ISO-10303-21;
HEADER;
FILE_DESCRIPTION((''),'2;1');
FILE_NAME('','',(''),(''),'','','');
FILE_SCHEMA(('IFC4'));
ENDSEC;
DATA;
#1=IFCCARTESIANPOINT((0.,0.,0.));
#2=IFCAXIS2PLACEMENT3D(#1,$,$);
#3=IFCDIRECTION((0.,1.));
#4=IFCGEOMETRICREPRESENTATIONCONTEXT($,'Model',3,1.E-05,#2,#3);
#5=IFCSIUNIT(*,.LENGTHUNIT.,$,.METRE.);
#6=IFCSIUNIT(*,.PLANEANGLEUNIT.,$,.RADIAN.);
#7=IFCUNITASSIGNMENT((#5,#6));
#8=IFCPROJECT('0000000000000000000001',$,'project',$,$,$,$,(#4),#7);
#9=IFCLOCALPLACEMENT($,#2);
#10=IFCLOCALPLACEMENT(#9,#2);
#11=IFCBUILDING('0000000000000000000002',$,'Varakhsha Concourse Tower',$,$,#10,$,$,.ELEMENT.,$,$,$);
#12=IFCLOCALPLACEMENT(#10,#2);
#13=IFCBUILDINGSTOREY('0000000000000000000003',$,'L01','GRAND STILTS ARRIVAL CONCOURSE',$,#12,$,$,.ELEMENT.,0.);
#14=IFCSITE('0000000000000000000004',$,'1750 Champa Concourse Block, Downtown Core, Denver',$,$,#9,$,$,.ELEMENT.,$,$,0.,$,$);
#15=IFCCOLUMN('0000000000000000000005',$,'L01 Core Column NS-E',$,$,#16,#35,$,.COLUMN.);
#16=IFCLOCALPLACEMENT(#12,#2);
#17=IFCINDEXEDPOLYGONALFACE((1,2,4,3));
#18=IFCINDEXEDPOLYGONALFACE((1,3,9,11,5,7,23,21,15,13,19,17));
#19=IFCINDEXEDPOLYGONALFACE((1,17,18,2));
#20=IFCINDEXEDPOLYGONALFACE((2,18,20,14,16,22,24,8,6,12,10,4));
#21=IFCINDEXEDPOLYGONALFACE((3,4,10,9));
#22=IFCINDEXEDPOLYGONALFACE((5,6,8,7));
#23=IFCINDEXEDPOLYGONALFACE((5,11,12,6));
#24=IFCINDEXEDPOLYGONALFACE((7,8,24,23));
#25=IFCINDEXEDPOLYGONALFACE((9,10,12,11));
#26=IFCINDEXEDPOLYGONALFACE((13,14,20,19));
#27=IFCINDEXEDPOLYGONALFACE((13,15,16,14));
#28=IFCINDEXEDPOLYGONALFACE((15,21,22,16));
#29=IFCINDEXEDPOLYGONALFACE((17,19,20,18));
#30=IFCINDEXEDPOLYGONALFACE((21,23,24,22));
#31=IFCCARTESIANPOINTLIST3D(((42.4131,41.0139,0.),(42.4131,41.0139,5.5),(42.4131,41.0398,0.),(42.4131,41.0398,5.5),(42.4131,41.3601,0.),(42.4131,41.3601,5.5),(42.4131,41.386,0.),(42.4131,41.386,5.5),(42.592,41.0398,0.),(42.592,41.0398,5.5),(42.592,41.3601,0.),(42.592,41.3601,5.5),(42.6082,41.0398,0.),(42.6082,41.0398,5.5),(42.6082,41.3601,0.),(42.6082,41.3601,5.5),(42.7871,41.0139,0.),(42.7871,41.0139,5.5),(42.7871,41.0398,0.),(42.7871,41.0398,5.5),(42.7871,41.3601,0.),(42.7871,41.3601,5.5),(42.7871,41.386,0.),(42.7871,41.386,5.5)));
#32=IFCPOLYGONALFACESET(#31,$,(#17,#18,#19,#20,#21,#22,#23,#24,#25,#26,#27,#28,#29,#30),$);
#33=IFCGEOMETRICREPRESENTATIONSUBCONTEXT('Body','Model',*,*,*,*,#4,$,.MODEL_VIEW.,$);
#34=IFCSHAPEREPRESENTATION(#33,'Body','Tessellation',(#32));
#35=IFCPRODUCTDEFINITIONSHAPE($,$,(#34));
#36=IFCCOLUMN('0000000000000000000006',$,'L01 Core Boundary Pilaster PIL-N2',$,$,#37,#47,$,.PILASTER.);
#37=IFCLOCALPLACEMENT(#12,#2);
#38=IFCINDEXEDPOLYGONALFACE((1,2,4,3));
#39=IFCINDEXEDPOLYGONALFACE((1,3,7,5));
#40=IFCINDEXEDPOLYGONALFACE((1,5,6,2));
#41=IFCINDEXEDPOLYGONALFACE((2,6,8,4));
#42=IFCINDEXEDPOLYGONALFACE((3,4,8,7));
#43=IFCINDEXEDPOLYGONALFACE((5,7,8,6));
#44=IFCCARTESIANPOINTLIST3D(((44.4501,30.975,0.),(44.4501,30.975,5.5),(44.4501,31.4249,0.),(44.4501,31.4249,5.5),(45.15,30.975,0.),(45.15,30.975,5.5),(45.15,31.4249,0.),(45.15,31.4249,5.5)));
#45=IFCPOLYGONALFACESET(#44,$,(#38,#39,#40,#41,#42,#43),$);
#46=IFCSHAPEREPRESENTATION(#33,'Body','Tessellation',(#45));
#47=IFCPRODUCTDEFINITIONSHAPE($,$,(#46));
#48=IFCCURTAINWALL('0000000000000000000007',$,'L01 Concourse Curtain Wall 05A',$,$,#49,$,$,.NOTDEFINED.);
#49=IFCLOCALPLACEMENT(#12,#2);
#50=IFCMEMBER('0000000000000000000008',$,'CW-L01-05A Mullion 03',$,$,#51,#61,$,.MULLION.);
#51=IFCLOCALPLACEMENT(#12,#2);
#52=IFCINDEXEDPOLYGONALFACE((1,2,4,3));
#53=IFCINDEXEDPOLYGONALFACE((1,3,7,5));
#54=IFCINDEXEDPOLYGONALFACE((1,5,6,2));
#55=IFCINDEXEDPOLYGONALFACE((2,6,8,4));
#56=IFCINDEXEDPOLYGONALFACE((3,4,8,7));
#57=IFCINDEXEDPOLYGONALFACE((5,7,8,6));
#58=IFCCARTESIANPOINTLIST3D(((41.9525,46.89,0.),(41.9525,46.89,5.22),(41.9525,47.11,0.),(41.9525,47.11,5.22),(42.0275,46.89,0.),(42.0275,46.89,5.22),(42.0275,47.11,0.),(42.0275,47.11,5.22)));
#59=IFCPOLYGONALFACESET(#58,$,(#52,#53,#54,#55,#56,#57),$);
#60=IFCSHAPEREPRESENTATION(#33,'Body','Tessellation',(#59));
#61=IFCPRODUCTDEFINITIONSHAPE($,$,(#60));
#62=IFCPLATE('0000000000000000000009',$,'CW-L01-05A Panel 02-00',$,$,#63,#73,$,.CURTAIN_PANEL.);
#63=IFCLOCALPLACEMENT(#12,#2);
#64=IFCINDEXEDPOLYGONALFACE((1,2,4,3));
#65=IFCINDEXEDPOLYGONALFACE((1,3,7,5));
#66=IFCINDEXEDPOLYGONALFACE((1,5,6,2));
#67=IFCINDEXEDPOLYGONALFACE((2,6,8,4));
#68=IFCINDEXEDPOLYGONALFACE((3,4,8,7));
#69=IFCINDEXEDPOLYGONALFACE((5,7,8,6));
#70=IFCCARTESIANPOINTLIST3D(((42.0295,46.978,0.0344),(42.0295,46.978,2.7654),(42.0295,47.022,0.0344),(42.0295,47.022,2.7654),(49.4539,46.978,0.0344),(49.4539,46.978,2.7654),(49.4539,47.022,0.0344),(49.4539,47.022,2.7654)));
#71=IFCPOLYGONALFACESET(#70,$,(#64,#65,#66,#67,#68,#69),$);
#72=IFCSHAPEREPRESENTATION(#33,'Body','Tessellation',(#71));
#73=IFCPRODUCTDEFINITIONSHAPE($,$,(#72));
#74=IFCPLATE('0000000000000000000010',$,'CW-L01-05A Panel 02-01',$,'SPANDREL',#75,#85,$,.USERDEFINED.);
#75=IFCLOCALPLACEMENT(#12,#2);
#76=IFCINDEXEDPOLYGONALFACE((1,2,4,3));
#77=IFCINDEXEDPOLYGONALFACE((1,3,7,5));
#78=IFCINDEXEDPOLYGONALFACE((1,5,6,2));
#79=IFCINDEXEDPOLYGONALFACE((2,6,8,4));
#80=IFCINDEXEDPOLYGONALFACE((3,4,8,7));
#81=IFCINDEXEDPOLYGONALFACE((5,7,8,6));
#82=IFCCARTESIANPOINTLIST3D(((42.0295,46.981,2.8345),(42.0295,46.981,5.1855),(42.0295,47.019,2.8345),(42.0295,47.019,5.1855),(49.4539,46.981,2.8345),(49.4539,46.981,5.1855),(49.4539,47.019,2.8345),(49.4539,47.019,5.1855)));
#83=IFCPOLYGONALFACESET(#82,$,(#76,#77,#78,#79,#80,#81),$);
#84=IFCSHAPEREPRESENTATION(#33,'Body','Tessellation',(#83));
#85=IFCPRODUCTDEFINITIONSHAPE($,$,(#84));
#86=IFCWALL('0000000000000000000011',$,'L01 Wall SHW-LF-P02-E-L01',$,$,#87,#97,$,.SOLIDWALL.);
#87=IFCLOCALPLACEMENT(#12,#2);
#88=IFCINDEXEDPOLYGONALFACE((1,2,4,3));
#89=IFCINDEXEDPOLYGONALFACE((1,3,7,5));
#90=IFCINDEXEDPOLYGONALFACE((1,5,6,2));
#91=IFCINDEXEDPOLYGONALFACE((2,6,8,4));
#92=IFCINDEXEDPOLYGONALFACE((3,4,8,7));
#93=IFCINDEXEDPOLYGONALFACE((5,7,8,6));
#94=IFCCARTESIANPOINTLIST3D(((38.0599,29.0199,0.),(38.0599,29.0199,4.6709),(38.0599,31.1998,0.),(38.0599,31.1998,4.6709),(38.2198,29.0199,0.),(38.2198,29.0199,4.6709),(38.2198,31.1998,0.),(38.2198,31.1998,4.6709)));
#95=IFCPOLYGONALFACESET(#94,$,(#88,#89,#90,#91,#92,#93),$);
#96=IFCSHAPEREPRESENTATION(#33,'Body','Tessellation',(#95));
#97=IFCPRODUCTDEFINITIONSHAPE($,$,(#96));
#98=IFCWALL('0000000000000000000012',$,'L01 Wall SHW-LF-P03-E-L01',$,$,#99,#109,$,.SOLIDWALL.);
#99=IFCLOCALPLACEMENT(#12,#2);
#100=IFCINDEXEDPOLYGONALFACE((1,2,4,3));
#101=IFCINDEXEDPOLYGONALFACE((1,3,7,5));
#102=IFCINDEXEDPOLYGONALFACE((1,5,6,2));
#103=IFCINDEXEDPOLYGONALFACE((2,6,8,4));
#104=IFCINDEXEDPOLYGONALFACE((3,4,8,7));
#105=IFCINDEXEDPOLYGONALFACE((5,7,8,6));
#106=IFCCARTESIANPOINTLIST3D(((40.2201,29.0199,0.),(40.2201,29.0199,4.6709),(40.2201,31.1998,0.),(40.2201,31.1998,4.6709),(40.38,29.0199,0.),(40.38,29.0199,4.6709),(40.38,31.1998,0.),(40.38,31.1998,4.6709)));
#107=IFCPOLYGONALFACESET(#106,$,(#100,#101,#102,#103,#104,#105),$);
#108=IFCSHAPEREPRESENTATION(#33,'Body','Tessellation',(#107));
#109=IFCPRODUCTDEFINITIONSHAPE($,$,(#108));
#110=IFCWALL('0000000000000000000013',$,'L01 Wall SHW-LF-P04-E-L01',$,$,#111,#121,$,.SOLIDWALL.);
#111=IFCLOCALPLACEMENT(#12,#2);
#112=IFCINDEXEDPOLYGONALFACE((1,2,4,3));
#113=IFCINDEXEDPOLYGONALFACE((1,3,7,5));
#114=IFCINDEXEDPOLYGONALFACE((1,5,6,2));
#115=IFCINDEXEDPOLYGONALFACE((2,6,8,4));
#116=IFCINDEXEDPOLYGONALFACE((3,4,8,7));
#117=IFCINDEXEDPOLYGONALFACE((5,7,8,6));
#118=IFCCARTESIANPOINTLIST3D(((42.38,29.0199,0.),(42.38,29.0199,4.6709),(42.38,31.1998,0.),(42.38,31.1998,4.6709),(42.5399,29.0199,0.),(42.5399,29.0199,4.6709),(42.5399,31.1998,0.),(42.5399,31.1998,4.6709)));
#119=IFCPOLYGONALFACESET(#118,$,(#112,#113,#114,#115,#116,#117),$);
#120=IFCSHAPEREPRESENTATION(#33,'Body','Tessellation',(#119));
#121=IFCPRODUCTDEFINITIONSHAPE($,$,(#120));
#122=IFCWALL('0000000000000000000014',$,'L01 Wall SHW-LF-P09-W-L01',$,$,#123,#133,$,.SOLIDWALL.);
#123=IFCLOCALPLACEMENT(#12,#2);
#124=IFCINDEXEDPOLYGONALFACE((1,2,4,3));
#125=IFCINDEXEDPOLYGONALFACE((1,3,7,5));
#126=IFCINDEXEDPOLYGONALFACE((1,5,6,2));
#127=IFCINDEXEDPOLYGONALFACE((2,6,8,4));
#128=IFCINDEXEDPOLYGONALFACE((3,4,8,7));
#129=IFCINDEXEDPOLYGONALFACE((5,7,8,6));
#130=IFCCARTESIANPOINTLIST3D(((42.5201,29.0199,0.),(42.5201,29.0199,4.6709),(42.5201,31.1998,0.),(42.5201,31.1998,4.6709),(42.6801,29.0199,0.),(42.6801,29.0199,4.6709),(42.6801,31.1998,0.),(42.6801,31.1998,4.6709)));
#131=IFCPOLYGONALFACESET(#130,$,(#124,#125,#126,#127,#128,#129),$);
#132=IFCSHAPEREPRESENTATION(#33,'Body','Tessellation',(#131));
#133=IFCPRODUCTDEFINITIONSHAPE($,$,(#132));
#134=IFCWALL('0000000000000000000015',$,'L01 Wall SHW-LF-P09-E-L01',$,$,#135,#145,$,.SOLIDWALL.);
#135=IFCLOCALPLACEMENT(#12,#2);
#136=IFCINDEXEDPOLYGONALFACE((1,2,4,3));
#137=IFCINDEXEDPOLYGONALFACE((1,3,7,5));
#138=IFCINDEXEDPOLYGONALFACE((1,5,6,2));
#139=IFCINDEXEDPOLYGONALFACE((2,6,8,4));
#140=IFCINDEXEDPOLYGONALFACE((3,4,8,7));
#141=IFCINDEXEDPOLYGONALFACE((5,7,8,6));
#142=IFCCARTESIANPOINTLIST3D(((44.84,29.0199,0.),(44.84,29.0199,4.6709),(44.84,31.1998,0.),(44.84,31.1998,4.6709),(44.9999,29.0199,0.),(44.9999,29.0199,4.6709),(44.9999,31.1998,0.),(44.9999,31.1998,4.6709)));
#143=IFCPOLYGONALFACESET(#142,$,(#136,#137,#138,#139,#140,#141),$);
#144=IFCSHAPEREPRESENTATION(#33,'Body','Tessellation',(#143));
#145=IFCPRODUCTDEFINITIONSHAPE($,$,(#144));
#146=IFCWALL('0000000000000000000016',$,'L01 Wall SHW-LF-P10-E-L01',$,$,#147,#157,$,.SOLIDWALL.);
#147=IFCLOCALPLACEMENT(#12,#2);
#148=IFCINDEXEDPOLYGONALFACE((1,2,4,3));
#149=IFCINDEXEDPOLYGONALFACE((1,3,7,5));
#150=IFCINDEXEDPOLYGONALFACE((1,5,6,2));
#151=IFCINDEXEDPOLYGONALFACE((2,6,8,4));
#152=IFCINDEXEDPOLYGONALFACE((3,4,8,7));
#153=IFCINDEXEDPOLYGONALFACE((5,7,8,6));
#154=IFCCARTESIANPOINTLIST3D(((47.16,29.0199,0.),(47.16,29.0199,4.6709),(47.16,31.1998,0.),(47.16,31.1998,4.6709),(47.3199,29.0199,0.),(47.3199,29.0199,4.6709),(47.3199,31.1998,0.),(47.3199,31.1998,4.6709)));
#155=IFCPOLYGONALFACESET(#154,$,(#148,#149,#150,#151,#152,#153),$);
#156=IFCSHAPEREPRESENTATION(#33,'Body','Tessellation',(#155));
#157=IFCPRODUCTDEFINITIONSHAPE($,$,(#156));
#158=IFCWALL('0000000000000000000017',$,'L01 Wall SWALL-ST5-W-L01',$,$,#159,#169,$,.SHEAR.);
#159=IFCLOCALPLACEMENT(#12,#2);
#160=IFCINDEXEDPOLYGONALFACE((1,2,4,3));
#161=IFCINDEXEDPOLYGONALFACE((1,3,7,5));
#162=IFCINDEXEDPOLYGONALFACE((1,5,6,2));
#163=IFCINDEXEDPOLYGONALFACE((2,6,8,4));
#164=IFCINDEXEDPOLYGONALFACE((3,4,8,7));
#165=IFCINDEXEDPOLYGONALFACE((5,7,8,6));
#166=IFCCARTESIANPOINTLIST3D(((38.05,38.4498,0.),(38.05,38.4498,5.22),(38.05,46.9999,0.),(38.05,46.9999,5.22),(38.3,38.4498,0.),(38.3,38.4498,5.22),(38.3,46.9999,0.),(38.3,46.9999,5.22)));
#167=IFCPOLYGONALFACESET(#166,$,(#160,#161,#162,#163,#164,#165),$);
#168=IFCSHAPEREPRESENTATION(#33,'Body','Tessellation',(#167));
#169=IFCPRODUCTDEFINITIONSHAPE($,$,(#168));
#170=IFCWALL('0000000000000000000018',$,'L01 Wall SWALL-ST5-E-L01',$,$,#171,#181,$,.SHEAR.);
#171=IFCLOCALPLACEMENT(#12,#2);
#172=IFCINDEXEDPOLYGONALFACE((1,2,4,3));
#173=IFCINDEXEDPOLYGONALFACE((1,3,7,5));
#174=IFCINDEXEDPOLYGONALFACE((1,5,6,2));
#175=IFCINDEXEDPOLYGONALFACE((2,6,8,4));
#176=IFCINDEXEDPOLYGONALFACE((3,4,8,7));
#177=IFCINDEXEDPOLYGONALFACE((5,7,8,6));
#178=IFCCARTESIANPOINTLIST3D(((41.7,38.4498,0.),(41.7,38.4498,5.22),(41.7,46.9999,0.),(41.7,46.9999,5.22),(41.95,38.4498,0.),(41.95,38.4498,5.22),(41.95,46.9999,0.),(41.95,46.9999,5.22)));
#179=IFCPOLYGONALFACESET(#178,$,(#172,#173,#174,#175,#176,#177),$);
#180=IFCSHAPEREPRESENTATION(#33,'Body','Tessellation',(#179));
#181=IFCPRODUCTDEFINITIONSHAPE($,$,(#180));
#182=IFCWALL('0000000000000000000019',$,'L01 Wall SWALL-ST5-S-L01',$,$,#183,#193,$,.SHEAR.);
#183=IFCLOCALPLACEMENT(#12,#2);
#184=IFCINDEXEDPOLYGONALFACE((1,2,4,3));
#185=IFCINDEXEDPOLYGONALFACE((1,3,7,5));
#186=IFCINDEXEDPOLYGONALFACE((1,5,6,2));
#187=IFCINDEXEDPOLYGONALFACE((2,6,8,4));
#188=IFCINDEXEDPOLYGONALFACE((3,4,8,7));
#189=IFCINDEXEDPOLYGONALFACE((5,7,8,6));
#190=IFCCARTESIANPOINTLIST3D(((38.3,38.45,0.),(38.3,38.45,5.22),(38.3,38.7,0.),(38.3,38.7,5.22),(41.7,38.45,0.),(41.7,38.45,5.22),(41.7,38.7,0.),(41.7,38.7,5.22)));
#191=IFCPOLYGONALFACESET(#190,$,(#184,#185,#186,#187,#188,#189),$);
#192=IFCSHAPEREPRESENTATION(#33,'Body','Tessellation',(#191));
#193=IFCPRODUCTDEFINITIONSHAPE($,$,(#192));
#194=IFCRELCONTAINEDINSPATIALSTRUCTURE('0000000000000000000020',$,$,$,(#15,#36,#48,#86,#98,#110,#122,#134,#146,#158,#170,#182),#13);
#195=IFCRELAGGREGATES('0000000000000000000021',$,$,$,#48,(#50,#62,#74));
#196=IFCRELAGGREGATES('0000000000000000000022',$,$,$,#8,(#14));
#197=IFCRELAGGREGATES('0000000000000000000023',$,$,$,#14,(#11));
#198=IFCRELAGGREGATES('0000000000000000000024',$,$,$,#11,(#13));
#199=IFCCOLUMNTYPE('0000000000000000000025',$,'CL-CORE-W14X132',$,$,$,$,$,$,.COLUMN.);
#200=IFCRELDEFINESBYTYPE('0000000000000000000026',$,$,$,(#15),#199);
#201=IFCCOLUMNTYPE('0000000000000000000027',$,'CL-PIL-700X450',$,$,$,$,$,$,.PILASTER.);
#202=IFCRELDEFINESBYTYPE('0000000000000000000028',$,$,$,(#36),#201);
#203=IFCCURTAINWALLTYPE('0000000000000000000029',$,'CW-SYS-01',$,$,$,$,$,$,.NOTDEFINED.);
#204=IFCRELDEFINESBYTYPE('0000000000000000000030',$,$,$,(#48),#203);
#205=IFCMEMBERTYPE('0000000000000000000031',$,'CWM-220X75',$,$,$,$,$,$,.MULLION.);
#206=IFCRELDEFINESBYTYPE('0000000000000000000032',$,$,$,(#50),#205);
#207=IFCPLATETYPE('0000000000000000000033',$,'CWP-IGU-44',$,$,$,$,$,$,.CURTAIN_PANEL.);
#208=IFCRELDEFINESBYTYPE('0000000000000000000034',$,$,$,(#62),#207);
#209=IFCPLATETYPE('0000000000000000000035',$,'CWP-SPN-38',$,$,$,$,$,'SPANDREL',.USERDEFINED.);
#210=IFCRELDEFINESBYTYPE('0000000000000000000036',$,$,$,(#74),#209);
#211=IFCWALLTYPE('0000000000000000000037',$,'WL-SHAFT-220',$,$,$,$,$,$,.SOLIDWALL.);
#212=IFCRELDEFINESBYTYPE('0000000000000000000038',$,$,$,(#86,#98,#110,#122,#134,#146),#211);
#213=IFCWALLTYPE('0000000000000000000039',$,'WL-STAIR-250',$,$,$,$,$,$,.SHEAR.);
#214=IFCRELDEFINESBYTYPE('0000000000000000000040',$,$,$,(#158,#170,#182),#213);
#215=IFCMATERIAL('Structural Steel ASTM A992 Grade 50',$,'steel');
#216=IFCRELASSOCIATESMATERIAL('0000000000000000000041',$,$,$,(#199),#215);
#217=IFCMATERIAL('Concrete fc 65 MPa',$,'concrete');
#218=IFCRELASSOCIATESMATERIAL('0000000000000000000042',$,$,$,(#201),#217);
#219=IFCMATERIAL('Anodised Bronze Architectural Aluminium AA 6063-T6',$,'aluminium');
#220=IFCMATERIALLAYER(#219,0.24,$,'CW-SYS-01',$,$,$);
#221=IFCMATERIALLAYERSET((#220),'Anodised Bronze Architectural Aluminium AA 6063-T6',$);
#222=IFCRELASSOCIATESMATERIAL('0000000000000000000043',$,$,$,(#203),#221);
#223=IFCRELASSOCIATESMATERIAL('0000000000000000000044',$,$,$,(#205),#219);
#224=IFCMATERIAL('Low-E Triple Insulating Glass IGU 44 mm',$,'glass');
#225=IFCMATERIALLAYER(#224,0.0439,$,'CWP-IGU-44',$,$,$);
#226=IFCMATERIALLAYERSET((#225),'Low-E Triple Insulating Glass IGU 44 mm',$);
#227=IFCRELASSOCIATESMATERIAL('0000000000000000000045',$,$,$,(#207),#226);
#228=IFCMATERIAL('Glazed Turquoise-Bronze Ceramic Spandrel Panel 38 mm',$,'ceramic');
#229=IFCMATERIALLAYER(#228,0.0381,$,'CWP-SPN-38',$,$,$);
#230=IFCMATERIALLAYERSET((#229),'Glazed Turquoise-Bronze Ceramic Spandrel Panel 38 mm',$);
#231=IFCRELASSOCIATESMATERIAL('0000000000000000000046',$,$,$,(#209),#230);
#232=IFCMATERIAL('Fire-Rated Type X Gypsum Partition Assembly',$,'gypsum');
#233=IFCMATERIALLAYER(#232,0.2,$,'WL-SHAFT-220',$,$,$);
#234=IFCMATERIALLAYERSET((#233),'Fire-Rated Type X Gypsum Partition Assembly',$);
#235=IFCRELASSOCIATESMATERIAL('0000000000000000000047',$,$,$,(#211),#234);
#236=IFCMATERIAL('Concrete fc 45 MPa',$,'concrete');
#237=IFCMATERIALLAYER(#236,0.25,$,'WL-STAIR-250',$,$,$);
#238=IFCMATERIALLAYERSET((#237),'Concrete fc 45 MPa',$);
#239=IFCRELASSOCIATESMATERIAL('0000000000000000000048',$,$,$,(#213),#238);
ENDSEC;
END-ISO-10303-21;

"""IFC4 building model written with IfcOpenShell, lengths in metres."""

from ifc_helpers import new_model, si_unit, direction, frame, frame_2d, origin, origin_2d, place, context, subcontext, project, spatial, rectangle, i_section, extrude, source, transform, mapped, material, layer, layer_set, material_profile, profile_set, type_object, type_shapes, element, aggregate, save


model = new_model("IFC4")

# Units and contexts
model_context = context("Model", 3, precision=1e-05, world=origin(), true_north=direction((0.0, 1.0)))
body_context = subcontext(model_context, "Body", "Model", "MODEL_VIEW")
ifc_project = project(units=[si_unit("LENGTHUNIT", "METRE"), si_unit("PLANEANGLEUNIT", "RADIAN")], contexts=[model_context])

# Site, building, storey
site_placement = place(None, origin())
site = spatial("IfcSite", under=ifc_project, at=site_placement, Name="1750 Champa Concourse Block, Downtown Core, Denver", CompositionType="ELEMENT", RefElevation=0.0)
building_placement = place(site_placement, origin())
building = spatial("IfcBuilding", under=site, at=building_placement, Name="Varakhsha Concourse Tower", CompositionType="ELEMENT")
storey_placement = place(building_placement, origin())
storey = spatial("IfcBuildingStorey", under=building, at=storey_placement, Name="L01", Description="GRAND STILTS ARRIVAL CONCOURSE", CompositionType="ELEMENT", Elevation=0.0)

# Columns
ifc_material_1 = material(Name="Structural Steel ASTM A992 Grade 50", Category="steel")
ifc_material_profile_1 = material_profile(ifc_material_1, i_section(OverallWidth=0.374, OverallDepth=0.3721, WebThickness=0.0161, FlangeThickness=0.0259, at=origin_2d()), Name="W14X132")
ifc_profile_set_1 = profile_set([ifc_material_profile_1], Name="Structural Steel ASTM A992 Grade 50")
column_type_1 = type_object("IfcColumnType", Name="CL-CORE-W14X132", PredefinedType="COLUMN", material=ifc_profile_set_1)
column_1_placement = place(storey_placement, frame((42.6001, 41.2, 0.0), z_axis=(0.0, 0.0, 1.0), x_axis=(1.0, 0.0, 0.0)))
element("IfcColumn", 1, at=column_1_placement, inside=storey, type_object=column_type_1, Name="L01 Core Column NS-E", PredefinedType="COLUMN", context=body_context, shape_type="SweptSolid", body=[
    extrude(i_section(OverallWidth=0.374, OverallDepth=0.3721, WebThickness=0.0161, FlangeThickness=0.0259, at=origin_2d()), origin(), (0.0, 0.0, 1.0), 5.5),
])
ifc_material_2 = material(Name="Concrete fc 65 MPa", Category="concrete")
ifc_material_profile_2 = material_profile(ifc_material_2, rectangle(XDim=0.7, YDim=0.45, at=origin_2d()), Name="RC 700x450")
ifc_profile_set_2 = profile_set([ifc_material_profile_2], Name="Concrete fc 65 MPa")
column_type_2 = type_object("IfcColumnType", Name="CL-PIL-700X450", PredefinedType="PILASTER", material=ifc_profile_set_2)
column_2_placement = place(storey_placement, frame((44.8, 31.2, 0.0), z_axis=(0.0, 0.0, 1.0), x_axis=(1.0, 0.0, 0.0)))
element("IfcColumn", 2, at=column_2_placement, inside=storey, type_object=column_type_2, Name="L01 Core Boundary Pilaster PIL-N2", PredefinedType="PILASTER", context=body_context, shape_type="SweptSolid", body=[
    extrude(rectangle(XDim=0.7, YDim=0.45, at=origin_2d()), origin(), (0.0, 0.0, 1.0), 5.5),
])

# Curtain wall, member, plates
ifc_material_3 = material(Name="Anodised Bronze Architectural Aluminium AA 6063-T6", Category="aluminium")
ifc_layer_1 = layer(ifc_material_3, 0.24, Name="CW-SYS-01")
ifc_layer_set_1 = layer_set([ifc_layer_1], Name="Anodised Bronze Architectural Aluminium AA 6063-T6")
curtain_wall_type = type_object("IfcCurtainWallType", Name="CW-SYS-01", PredefinedType="NOTDEFINED", material=ifc_layer_set_1)
curtain_wall_placement = place(storey_placement, origin())
curtain_wall = element("IfcCurtainWall", 3, at=curtain_wall_placement, inside=storey, type_object=curtain_wall_type, Name="L01 Concourse Curtain Wall 05A", PredefinedType="NOTDEFINED")
ifc_material_profile_3 = material_profile(ifc_material_3, rectangle(XDim=0.075, YDim=0.22, at=origin_2d()), Name="CWM-220X75")
ifc_profile_set_3 = profile_set([ifc_material_profile_3], Name="Anodised Bronze Architectural Aluminium AA 6063-T6")
member_type = type_object("IfcMemberType", Name="CWM-220X75", PredefinedType="MULLION", material=ifc_profile_set_3)
shared_shape_1 = source(origin(), body_context, "Body", "SweptSolid", [
    extrude(rectangle(XDim=0.075, YDim=0.22, at=origin_2d()), origin(), (0.0, 0.0, 1.0), 5.22),
])
type_shapes(member_type, [shared_shape_1])
member_placement = place(storey_placement, frame((41.99, 47.0, 0.0), z_axis=(0.0, 0.0, 1.0), x_axis=(-1.0, 0.0, 0.0)))
member = element("IfcMember", 4, at=member_placement, type_object=member_type, Name="CW-L01-05A Mullion 03", PredefinedType="MULLION", context=body_context, shape_type="MappedRepresentation", body=[
    mapped(shared_shape_1, transform((0.0, 0.0, 0.0), scale=1.0)),
])
ifc_material_4 = material(Name="Low-E Triple Insulating Glass IGU 44 mm", Category="glass")
ifc_layer_2 = layer(ifc_material_4, 0.0439, Name="CWP-IGU-44")
ifc_layer_set_2 = layer_set([ifc_layer_2], Name="Low-E Triple Insulating Glass IGU 44 mm")
plate_type_1 = type_object("IfcPlateType", Name="CWP-IGU-44", PredefinedType="CURTAIN_PANEL", material=ifc_layer_set_2)
shared_shape_2 = source(origin(), body_context, "Body", "SweptSolid", [
    extrude(rectangle(XDim=7.4243, YDim=0.0439, at=origin_2d()), origin(), (0.0, 0.0, 1.0), 2.731),
])
type_shapes(plate_type_1, [shared_shape_2])
plate_1_placement = place(storey_placement, frame((45.7417, 47.0, 0.0344), z_axis=(0.0, 0.0, 1.0), x_axis=(-1.0, 0.0, 0.0)))
plate_1 = element("IfcPlate", 5, at=plate_1_placement, type_object=plate_type_1, Name="CW-L01-05A Panel 02-00", PredefinedType="CURTAIN_PANEL", context=body_context, shape_type="MappedRepresentation", body=[
    mapped(shared_shape_2, transform((0.0, 0.0, 0.0), scale=1.0)),
])
ifc_material_5 = material(Name="Glazed Turquoise-Bronze Ceramic Spandrel Panel 38 mm", Category="ceramic")
ifc_layer_3 = layer(ifc_material_5, 0.0381, Name="CWP-SPN-38")
ifc_layer_set_3 = layer_set([ifc_layer_3], Name="Glazed Turquoise-Bronze Ceramic Spandrel Panel 38 mm")
plate_type_2 = type_object("IfcPlateType", Name="CWP-SPN-38", ElementType="SPANDREL", PredefinedType="USERDEFINED", material=ifc_layer_set_3)
shared_shape_3 = source(origin(), body_context, "Body", "SweptSolid", [
    extrude(rectangle(XDim=7.4243, YDim=0.0381, at=origin_2d()), origin(), (0.0, 0.0, 1.0), 2.3511),
])
type_shapes(plate_type_2, [shared_shape_3])
plate_2_placement = place(storey_placement, frame((45.7417, 47.0, 2.8345), z_axis=(0.0, 0.0, 1.0), x_axis=(-1.0, 0.0, 0.0)))
plate_2 = element("IfcPlate", 6, at=plate_2_placement, type_object=plate_type_2, Name="CW-L01-05A Panel 02-01", ObjectType="SPANDREL", PredefinedType="USERDEFINED", context=body_context, shape_type="MappedRepresentation", body=[
    mapped(shared_shape_3, transform((0.0, 0.0, 0.0), scale=1.0)),
])
aggregate(curtain_wall, [member, plate_1, plate_2])

# Walls
ifc_material_6 = material(Name="Fire-Rated Type X Gypsum Partition Assembly", Category="gypsum")
ifc_layer_4 = layer(ifc_material_6, 0.2, Name="WL-SHAFT-220")
ifc_layer_set_4 = layer_set([ifc_layer_4], Name="Fire-Rated Type X Gypsum Partition Assembly")
wall_type_1 = type_object("IfcWallType", Name="WL-SHAFT-220", PredefinedType="SOLIDWALL", material=ifc_layer_set_4)
for number, where, z_axis, x_axis, name in (
    (7, (38.1399, 29.02, 0.0), (0.0, 0.0, 1.0), (0.0, 1.0, 0.0), "L01 Wall SHW-LF-P02-E-L01"),
    (8, (40.3, 29.02, 0.0), (0.0, 0.0, 1.0), (0.0, 1.0, 0.0), "L01 Wall SHW-LF-P03-E-L01"),
    (9, (42.46, 29.02, 0.0), (0.0, 0.0, 1.0), (0.0, 1.0, 0.0), "L01 Wall SHW-LF-P04-E-L01"),
    (10, (42.6001, 29.02, 0.0), (0.0, 0.0, 1.0), (0.0, 1.0, 0.0), "L01 Wall SHW-LF-P09-W-L01"),
    (11, (44.9199, 29.02, 0.0), (0.0, 0.0, 1.0), (0.0, 1.0, 0.0), "L01 Wall SHW-LF-P09-E-L01"),
    (12, (47.24, 29.02, 0.0), (0.0, 0.0, 1.0), (0.0, 1.0, 0.0), "L01 Wall SHW-LF-P10-E-L01"),
):
    element("IfcWall", number, at=place(storey_placement, frame(where, z_axis=z_axis, x_axis=x_axis)), inside=storey, type_object=wall_type_1, Name=name, PredefinedType="SOLIDWALL", context=body_context, shape_type="SweptSolid", body=[
        extrude(rectangle(XDim=2.1799, YDim=0.1599, at=frame_2d((1.0898, 0.0))), origin(), (0.0, 0.0, 1.0), 4.6709),
    ])
ifc_material_7 = material(Name="Concrete fc 45 MPa", Category="concrete")
ifc_layer_5 = layer(ifc_material_7, 0.25, Name="WL-STAIR-250")
ifc_layer_set_5 = layer_set([ifc_layer_5], Name="Concrete fc 45 MPa")
wall_type_2 = type_object("IfcWallType", Name="WL-STAIR-250", PredefinedType="SHEAR", material=ifc_layer_set_5)
for number, where, z_axis, x_axis, name in (
    (13, (38.175, 38.45, 0.0), (0.0, 0.0, 1.0), (0.0, 1.0, 0.0), "L01 Wall SWALL-ST5-W-L01"),
    (14, (41.825, 38.45, 0.0), (0.0, 0.0, 1.0), (0.0, 1.0, 0.0), "L01 Wall SWALL-ST5-E-L01"),
):
    element("IfcWall", number, at=place(storey_placement, frame(where, z_axis=z_axis, x_axis=x_axis)), inside=storey, type_object=wall_type_2, Name=name, PredefinedType="SHEAR", context=body_context, shape_type="SweptSolid", body=[
        extrude(rectangle(XDim=8.55, YDim=0.25, at=frame_2d((4.2749, 0.0))), origin(), (0.0, 0.0, 1.0), 5.22),
    ])
wall_1_placement = place(storey_placement, frame((38.3, 38.575, 0.0), z_axis=(0.0, 0.0, 1.0), x_axis=(1.0, 0.0, 0.0)))
element("IfcWall", 15, at=wall_1_placement, inside=storey, type_object=wall_type_2, Name="L01 Wall SWALL-ST5-S-L01", PredefinedType="SHEAR", context=body_context, shape_type="SweptSolid", body=[
    extrude(rectangle(XDim=3.3999, YDim=0.25, at=frame_2d((1.7, 0.0))), origin(), (0.0, 0.0, 1.0), 5.22),
])

save(model, "model.ifc")
